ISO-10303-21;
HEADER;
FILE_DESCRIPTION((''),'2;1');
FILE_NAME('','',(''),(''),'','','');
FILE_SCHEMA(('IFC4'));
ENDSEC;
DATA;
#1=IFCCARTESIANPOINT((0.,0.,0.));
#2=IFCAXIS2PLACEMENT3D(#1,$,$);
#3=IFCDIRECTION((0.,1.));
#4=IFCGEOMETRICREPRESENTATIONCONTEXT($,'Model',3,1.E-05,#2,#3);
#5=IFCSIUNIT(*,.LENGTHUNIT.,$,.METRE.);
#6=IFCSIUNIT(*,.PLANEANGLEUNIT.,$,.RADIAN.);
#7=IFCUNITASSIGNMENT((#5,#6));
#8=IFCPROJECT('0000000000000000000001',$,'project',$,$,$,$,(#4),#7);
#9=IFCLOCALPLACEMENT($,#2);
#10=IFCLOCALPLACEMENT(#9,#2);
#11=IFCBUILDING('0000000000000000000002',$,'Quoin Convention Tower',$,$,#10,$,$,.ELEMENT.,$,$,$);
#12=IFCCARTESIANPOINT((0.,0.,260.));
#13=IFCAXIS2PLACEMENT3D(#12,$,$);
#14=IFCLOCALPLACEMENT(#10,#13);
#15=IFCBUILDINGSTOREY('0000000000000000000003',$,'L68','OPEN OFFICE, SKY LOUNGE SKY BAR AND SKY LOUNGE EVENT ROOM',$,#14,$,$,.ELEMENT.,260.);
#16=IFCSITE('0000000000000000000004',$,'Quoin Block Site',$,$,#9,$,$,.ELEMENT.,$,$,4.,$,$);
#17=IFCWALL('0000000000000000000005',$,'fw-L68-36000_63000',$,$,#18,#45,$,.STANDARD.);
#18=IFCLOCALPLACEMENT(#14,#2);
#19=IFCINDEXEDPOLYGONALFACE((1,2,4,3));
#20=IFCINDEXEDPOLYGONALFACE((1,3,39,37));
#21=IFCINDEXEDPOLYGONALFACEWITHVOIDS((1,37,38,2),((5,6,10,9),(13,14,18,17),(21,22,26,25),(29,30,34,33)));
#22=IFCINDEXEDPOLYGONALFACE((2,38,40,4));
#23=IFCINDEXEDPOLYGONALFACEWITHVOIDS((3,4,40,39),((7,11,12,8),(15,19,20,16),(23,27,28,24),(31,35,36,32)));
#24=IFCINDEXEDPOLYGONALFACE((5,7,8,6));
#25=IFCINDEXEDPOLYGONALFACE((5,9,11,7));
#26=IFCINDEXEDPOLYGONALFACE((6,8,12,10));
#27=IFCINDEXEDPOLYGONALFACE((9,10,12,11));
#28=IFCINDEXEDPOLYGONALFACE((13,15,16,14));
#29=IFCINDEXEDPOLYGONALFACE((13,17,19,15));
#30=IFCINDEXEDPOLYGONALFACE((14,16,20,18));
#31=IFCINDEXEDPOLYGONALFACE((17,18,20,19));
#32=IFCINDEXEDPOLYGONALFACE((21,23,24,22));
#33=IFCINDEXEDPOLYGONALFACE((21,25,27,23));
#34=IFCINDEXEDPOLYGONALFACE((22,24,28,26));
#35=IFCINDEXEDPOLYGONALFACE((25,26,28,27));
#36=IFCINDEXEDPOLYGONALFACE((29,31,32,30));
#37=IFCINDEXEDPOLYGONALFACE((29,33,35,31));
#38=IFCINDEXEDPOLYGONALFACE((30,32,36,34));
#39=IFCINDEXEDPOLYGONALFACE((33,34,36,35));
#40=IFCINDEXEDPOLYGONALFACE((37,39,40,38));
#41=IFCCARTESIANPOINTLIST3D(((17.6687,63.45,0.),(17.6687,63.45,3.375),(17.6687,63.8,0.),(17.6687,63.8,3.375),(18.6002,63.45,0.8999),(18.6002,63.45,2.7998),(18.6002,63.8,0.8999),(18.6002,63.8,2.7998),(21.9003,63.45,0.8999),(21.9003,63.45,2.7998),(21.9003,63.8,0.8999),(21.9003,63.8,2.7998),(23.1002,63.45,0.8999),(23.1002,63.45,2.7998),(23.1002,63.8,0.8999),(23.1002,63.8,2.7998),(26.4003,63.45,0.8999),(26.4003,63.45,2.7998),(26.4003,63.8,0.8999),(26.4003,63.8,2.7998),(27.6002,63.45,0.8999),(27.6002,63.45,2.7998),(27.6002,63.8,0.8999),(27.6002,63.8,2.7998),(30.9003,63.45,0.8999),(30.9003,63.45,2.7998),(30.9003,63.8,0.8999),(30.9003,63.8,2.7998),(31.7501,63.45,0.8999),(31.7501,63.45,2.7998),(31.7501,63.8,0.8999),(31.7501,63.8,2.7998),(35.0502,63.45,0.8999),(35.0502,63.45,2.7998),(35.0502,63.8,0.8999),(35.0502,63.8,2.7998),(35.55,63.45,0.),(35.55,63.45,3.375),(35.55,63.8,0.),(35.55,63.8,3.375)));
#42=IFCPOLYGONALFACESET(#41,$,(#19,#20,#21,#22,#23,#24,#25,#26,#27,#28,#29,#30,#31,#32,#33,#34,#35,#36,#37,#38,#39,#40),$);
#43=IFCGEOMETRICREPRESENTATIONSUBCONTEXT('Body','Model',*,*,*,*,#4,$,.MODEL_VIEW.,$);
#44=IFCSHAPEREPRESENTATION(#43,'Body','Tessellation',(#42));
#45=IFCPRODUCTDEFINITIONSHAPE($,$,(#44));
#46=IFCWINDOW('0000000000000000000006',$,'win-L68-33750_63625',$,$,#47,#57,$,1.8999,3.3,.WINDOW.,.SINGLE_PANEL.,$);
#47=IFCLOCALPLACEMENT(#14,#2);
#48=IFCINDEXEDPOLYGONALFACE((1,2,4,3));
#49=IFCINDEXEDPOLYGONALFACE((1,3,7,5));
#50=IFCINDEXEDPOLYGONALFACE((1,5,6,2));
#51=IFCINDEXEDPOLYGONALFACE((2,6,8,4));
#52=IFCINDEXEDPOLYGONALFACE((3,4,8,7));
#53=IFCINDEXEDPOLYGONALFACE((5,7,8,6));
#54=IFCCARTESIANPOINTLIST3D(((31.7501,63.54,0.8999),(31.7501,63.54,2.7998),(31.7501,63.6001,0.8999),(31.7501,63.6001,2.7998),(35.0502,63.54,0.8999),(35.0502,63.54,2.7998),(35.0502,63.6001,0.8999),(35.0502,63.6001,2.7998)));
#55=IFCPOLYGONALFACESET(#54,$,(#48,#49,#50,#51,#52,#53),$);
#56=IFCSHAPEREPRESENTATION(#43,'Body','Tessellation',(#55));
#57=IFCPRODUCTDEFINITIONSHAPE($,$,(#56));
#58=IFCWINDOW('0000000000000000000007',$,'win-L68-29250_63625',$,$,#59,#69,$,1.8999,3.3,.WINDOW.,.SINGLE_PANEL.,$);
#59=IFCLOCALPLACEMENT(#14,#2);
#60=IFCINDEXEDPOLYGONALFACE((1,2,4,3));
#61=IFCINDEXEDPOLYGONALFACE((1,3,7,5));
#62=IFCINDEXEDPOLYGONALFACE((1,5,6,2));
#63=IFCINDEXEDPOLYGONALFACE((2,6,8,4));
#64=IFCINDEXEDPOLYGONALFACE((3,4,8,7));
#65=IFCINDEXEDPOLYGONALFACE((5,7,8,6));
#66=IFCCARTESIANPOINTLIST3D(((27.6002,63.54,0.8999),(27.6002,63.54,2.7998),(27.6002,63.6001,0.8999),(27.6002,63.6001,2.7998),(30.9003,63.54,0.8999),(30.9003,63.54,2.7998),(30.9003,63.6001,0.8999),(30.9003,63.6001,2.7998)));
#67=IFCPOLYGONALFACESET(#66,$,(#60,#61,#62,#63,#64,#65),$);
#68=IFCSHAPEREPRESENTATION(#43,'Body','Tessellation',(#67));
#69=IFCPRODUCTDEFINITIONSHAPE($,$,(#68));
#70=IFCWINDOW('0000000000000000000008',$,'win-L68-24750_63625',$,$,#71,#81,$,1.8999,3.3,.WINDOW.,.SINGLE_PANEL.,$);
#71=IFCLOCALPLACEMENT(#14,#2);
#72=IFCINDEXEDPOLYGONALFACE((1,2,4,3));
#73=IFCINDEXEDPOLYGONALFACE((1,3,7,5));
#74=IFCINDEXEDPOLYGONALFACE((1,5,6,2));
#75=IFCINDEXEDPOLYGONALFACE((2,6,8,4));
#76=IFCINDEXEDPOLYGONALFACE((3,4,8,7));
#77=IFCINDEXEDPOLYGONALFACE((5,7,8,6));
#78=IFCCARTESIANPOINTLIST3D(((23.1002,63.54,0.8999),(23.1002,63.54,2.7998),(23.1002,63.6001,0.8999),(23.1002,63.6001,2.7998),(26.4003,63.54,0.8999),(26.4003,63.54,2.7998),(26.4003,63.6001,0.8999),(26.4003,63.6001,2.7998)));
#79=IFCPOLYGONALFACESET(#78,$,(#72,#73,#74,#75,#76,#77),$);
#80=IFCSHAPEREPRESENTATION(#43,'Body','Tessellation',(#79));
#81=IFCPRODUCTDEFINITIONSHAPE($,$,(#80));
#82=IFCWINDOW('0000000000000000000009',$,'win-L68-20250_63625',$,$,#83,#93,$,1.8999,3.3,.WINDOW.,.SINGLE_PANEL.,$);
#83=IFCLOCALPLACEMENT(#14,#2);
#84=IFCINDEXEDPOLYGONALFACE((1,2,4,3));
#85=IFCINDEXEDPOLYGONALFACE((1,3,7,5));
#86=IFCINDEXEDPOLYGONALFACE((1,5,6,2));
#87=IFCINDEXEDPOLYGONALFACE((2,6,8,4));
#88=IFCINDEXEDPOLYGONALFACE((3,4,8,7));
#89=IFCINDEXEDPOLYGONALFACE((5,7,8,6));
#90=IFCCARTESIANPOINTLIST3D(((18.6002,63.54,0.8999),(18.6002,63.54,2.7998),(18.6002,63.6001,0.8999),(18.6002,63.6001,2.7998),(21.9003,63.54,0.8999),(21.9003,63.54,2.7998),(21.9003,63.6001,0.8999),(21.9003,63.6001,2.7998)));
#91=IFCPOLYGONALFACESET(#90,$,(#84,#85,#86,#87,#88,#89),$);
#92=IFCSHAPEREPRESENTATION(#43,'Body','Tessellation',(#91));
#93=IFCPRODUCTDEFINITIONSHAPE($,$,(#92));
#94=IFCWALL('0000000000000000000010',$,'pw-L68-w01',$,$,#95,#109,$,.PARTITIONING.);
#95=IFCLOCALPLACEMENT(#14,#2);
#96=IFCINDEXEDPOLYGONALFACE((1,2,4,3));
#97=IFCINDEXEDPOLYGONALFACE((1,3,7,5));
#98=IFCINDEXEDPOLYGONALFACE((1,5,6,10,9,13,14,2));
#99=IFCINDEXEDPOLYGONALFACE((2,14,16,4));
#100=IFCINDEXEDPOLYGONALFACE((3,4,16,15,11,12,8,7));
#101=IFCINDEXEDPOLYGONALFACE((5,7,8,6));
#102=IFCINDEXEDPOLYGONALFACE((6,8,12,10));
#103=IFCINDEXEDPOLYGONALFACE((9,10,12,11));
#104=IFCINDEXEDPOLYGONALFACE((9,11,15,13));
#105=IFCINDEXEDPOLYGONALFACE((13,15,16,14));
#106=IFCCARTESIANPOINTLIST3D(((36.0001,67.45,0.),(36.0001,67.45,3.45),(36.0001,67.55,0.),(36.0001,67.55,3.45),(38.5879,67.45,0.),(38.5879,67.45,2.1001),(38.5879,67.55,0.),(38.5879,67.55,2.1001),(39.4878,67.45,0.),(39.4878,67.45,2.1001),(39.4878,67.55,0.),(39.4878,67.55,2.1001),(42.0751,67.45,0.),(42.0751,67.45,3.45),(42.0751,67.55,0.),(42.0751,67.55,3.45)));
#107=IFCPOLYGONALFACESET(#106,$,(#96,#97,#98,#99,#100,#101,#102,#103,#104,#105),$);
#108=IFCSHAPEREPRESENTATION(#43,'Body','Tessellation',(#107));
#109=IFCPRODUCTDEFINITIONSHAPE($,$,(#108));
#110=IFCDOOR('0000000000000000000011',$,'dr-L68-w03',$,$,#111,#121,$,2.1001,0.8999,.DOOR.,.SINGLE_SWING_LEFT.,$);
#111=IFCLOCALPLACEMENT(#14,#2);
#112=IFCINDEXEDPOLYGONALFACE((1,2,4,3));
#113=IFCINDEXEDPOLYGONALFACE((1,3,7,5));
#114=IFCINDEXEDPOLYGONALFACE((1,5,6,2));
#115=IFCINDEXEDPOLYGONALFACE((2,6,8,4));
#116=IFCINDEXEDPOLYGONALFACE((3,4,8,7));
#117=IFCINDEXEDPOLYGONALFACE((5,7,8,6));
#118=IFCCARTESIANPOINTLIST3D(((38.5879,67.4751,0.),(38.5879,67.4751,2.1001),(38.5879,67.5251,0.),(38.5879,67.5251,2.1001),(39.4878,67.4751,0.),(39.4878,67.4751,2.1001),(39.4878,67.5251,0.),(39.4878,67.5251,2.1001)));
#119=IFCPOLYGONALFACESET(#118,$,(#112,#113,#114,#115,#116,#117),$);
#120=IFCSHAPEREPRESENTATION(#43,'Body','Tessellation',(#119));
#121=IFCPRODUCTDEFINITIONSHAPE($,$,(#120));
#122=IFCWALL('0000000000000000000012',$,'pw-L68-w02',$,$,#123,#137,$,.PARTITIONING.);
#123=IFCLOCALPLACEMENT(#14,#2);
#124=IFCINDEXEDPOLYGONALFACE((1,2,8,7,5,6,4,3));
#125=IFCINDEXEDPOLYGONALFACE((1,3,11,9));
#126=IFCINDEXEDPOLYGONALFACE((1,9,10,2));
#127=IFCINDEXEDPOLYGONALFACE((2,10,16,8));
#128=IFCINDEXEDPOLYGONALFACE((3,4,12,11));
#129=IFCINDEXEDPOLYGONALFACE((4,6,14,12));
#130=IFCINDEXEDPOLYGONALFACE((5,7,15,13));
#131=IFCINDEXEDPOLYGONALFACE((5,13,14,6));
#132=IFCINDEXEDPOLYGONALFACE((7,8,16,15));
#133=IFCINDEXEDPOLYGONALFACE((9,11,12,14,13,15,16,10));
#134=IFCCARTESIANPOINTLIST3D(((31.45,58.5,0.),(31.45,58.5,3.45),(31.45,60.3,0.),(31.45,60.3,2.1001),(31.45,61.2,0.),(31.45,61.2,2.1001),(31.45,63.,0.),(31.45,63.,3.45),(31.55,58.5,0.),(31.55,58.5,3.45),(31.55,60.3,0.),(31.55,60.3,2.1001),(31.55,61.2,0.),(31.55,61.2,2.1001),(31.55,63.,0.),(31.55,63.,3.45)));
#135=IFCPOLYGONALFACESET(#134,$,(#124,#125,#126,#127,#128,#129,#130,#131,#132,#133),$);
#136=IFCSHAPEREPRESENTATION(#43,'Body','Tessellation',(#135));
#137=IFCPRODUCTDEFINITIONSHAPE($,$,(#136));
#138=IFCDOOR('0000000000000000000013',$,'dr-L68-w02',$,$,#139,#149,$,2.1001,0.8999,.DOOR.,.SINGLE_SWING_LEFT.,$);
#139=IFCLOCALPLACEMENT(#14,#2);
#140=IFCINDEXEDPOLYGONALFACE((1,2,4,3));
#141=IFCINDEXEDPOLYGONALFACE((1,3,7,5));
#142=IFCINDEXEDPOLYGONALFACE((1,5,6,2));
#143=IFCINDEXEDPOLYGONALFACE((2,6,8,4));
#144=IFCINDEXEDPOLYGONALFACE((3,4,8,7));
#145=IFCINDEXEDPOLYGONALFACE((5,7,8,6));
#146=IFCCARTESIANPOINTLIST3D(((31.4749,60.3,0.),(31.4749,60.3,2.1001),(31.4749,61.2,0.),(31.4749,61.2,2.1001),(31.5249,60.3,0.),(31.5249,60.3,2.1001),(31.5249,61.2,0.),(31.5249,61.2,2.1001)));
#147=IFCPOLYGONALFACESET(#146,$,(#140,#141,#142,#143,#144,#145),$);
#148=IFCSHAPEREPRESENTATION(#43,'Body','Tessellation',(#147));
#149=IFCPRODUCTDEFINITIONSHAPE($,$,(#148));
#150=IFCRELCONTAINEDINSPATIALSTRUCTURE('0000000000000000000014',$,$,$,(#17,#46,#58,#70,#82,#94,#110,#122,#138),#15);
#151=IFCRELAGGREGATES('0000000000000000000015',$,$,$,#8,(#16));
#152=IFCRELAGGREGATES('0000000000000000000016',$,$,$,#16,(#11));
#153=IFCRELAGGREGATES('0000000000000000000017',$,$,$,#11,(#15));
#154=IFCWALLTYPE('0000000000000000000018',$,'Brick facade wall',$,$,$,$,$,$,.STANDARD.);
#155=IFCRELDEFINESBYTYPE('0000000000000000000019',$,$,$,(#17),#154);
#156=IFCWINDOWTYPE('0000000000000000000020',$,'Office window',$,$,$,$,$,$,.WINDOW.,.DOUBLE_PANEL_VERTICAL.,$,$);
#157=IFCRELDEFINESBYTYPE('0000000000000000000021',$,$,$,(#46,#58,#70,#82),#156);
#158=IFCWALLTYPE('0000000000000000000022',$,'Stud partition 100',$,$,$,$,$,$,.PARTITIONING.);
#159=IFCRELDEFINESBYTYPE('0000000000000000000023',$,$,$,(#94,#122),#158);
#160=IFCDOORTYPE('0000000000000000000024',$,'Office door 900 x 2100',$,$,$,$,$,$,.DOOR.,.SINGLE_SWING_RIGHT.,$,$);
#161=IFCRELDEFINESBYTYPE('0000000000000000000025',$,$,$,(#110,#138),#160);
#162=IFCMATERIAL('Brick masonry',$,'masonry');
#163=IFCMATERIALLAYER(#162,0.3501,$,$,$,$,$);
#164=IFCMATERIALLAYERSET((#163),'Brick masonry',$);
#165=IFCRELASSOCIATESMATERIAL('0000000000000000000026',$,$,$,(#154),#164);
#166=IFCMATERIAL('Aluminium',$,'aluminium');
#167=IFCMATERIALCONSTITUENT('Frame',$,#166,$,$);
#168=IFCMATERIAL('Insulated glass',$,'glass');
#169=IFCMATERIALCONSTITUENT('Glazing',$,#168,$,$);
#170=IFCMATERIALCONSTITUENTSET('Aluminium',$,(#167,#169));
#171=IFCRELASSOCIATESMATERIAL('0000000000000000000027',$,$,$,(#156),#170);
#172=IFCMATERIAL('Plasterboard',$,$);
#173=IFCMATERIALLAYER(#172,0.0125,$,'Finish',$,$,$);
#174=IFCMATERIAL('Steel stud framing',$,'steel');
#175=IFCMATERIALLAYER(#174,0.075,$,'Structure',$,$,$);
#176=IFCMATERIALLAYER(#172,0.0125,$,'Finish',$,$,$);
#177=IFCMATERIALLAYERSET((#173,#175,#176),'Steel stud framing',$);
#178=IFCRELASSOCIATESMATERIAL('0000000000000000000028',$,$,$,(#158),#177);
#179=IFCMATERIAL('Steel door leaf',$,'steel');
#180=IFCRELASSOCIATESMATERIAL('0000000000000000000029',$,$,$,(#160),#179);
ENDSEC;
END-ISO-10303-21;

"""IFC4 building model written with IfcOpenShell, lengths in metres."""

from ifc_helpers import new_model, si_unit, direction, frame, frame_2d, origin, place, context, subcontext, project, spatial, rectangle, extrude, material, layer, layer_set, constituent, constituent_set, type_object, element, fill, save


model = new_model("IFC4")

# Units and contexts
model_context = context("Model", 3, precision=1e-05, world=origin(), true_north=direction((0.0, 1.0)))
body_context = subcontext(model_context, "Body", "Model", "MODEL_VIEW")
ifc_project = project(units=[si_unit("LENGTHUNIT", "METRE"), si_unit("PLANEANGLEUNIT", "RADIAN")], contexts=[model_context])

# Site, building, storey
site_placement = place(None, origin())
site = spatial("IfcSite", under=ifc_project, at=site_placement, Name="Quoin Block Site", CompositionType="ELEMENT", RefElevation=4.0)
building_placement = place(site_placement, origin())
building = spatial("IfcBuilding", under=site, at=building_placement, Name="Quoin Convention Tower", CompositionType="ELEMENT")
storey_placement = place(building_placement, frame((0.0, 0.0, 260.0)))
storey = spatial("IfcBuildingStorey", under=building, at=storey_placement, Name="L68", Description="OPEN OFFICE, SKY LOUNGE SKY BAR AND SKY LOUNGE EVENT ROOM", CompositionType="ELEMENT", Elevation=260.0)

# Wall, openings, windows
ifc_material_1 = material(Name="Brick masonry", Category="masonry")
ifc_layer_1 = layer(ifc_material_1, 0.3501)
ifc_layer_set_1 = layer_set([ifc_layer_1], Name="Brick masonry")
wall_type_1 = type_object("IfcWallType", Name="Brick facade wall", PredefinedType="STANDARD", material=ifc_layer_set_1)
ifc_material_2 = material(Name="Aluminium", Category="aluminium")
ifc_constituent_1 = constituent(ifc_material_2, Name="Frame")
ifc_material_3 = material(Name="Insulated glass", Category="glass")
ifc_constituent_2 = constituent(ifc_material_3, Name="Glazing")
ifc_constituent_set = constituent_set(constituents=[ifc_constituent_1, ifc_constituent_2], Name="Aluminium")
window_type = type_object("IfcWindowType", Name="Office window", PartitioningType="DOUBLE_PANEL_VERTICAL", PredefinedType="WINDOW", material=ifc_constituent_set)
wall_1_placement = place(storey_placement, frame((35.55, 63.625, 0.0), z_axis=(0.0, 0.0, 1.0), x_axis=(-1.0, 0.0, 0.0)))
wall_1 = element("IfcWall", 1, at=wall_1_placement, inside=storey, type_object=wall_type_1, Name="fw-L68-36000_63000", PredefinedType="STANDARD", context=body_context, shape_type="SweptSolid", body=[
    extrude(rectangle(XDim=17.8813, YDim=0.3501, at=frame_2d((8.9407, 0.0))), origin(), (0.0, 0.0, 1.0), 3.375),
])
opening_1_placement = place(wall_1_placement, frame((0.5, 0.0, 0.8999)))
opening_1 = element("IfcOpeningElement", 2, at=opening_1_placement, cuts=wall_1, PredefinedType="OPENING", context=body_context, shape_type="SweptSolid", body=[
    extrude(rectangle(XDim=3.3, YDim=1.8999, at=frame_2d((1.6499, 0.95))), frame((0.0, 0.1851, 0.0), z_axis=(0.0, -1.0, 0.0), x_axis=(1.0, 0.0, 0.0)), (0.0, 0.0, 1.0), 0.3701),
])
opening_2_placement = place(wall_1_placement, frame((4.6499, 0.0, 0.8999)))
opening_2 = element("IfcOpeningElement", 3, at=opening_2_placement, cuts=wall_1, PredefinedType="OPENING", context=body_context, shape_type="SweptSolid", body=[
    extrude(rectangle(XDim=3.3, YDim=1.8999, at=frame_2d((1.6499, 0.95))), frame((0.0, 0.1851, 0.0), z_axis=(0.0, -1.0, 0.0), x_axis=(1.0, 0.0, 0.0)), (0.0, 0.0, 1.0), 0.3701),
])
opening_3_placement = place(wall_1_placement, frame((9.1499, 0.0, 0.8999)))
opening_3 = element("IfcOpeningElement", 4, at=opening_3_placement, cuts=wall_1, PredefinedType="OPENING", context=body_context, shape_type="SweptSolid", body=[
    extrude(rectangle(XDim=3.3, YDim=1.8999, at=frame_2d((1.6499, 0.95))), frame((0.0, 0.1851, 0.0), z_axis=(0.0, -1.0, 0.0), x_axis=(1.0, 0.0, 0.0)), (0.0, 0.0, 1.0), 0.3701),
])
opening_4_placement = place(wall_1_placement, frame((13.6499, 0.0, 0.8999)))
opening_4 = element("IfcOpeningElement", 5, at=opening_4_placement, cuts=wall_1, PredefinedType="OPENING", context=body_context, shape_type="SweptSolid", body=[
    extrude(rectangle(XDim=3.3, YDim=1.8999, at=frame_2d((1.6499, 0.95))), frame((0.0, 0.1851, 0.0), z_axis=(0.0, -1.0, 0.0), x_axis=(1.0, 0.0, 0.0)), (0.0, 0.0, 1.0), 0.3701),
])
window_1_placement = place(opening_1_placement, origin())
window_1 = element("IfcWindow", 6, at=window_1_placement, inside=storey, type_object=window_type, Name="win-L68-33750_63625", OverallHeight=1.8999, OverallWidth=3.3, PartitioningType="SINGLE_PANEL", PredefinedType="WINDOW", context=body_context, shape_type="SweptSolid", body=[
    extrude(rectangle(XDim=3.3, YDim=1.8999, at=frame_2d((1.6499, 0.95))), frame((0.0, 0.085, 0.0), z_axis=(0.0, -1.0, 0.0), x_axis=(1.0, 0.0, 0.0)), (0.0, 0.0, 1.0), 0.0601),
])
fill(opening_1, window_1)
window_2_placement = place(opening_2_placement, origin())
window_2 = element("IfcWindow", 7, at=window_2_placement, inside=storey, type_object=window_type, Name="win-L68-29250_63625", OverallHeight=1.8999, OverallWidth=3.3, PartitioningType="SINGLE_PANEL", PredefinedType="WINDOW", context=body_context, shape_type="SweptSolid", body=[
    extrude(rectangle(XDim=3.3, YDim=1.8999, at=frame_2d((1.6499, 0.95))), frame((0.0, 0.085, 0.0), z_axis=(0.0, -1.0, 0.0), x_axis=(1.0, 0.0, 0.0)), (0.0, 0.0, 1.0), 0.0601),
])
fill(opening_2, window_2)
window_3_placement = place(opening_3_placement, origin())
window_3 = element("IfcWindow", 8, at=window_3_placement, inside=storey, type_object=window_type, Name="win-L68-24750_63625", OverallHeight=1.8999, OverallWidth=3.3, PartitioningType="SINGLE_PANEL", PredefinedType="WINDOW", context=body_context, shape_type="SweptSolid", body=[
    extrude(rectangle(XDim=3.3, YDim=1.8999, at=frame_2d((1.6499, 0.95))), frame((0.0, 0.085, 0.0), z_axis=(0.0, -1.0, 0.0), x_axis=(1.0, 0.0, 0.0)), (0.0, 0.0, 1.0), 0.0601),
])
fill(opening_3, window_3)
window_4_placement = place(opening_4_placement, origin())
window_4 = element("IfcWindow", 9, at=window_4_placement, inside=storey, type_object=window_type, Name="win-L68-20250_63625", OverallHeight=1.8999, OverallWidth=3.3, PartitioningType="SINGLE_PANEL", PredefinedType="WINDOW", context=body_context, shape_type="SweptSolid", body=[
    extrude(rectangle(XDim=3.3, YDim=1.8999, at=frame_2d((1.6499, 0.95))), frame((0.0, 0.085, 0.0), z_axis=(0.0, -1.0, 0.0), x_axis=(1.0, 0.0, 0.0)), (0.0, 0.0, 1.0), 0.0601),
])
fill(opening_4, window_4)

# Walls, openings, doors
ifc_material_4 = material(Name="Plasterboard")
ifc_layer_2 = layer(ifc_material_4, 0.0125, Name="Finish")
ifc_material_5 = material(Name="Steel stud framing", Category="steel")
ifc_layer_3 = layer(ifc_material_5, 0.075, Name="Structure")
ifc_layer_4 = layer(ifc_material_4, 0.0125, Name="Finish")
ifc_layer_set_2 = layer_set([ifc_layer_2, ifc_layer_3, ifc_layer_4], Name="Steel stud framing")
wall_type_2 = type_object("IfcWallType", Name="Stud partition 100", PredefinedType="PARTITIONING", material=ifc_layer_set_2)
wall_2_placement = place(storey_placement, frame((36.0, 67.5, 0.0), z_axis=(0.0, 0.0, 1.0), x_axis=(1.0, 0.0, 0.0)))
wall_2 = element("IfcWall", 10, at=wall_2_placement, inside=storey, type_object=wall_type_2, Name="pw-L68-w01", PredefinedType="PARTITIONING", context=body_context, shape_type="SweptSolid", body=[
    extrude(rectangle(XDim=6.075, YDim=0.1001, at=frame_2d((3.0376, 0.0))), origin(), (0.0, 0.0, 1.0), 3.45),
])
opening_5_placement = place(wall_2_placement, frame((2.5879, 0.0, 0.0)))
opening_5 = element("IfcOpeningElement", 11, at=opening_5_placement, cuts=wall_2, PredefinedType="OPENING", context=body_context, shape_type="SweptSolid", body=[
    extrude(rectangle(XDim=0.8999, YDim=2.1001, at=frame_2d((0.45, 1.05))), frame((0.0, 0.0601, 0.0), z_axis=(0.0, -1.0, 0.0), x_axis=(1.0, 0.0, 0.0)), (0.0, 0.0, 1.0), 0.1201),
])
ifc_material_6 = material(Name="Steel door leaf", Category="steel")
door_type = type_object("IfcDoorType", Name="Office door 900 x 2100", OperationType="SINGLE_SWING_RIGHT", PredefinedType="DOOR", material=ifc_material_6)
door_1_placement = place(opening_5_placement, frame((0.8999, 0.0, 0.0), z_axis=(0.0, 0.0, 1.0), x_axis=(-1.0, 0.0, 0.0)))
door_1 = element("IfcDoor", 12, at=door_1_placement, inside=storey, type_object=door_type, Name="dr-L68-w03", OperationType="SINGLE_SWING_LEFT", OverallHeight=2.1001, OverallWidth=0.8999, PredefinedType="DOOR", context=body_context, shape_type="SweptSolid", body=[
    extrude(rectangle(XDim=0.8999, YDim=2.1001, at=frame_2d((0.45, 1.05))), frame((0.0, 0.0249, 0.0), z_axis=(0.0, -1.0, 0.0), x_axis=(1.0, 0.0, 0.0)), (0.0, 0.0, 1.0), 0.05),
])
fill(opening_5, door_1)
wall_3_placement = place(storey_placement, frame((31.5, 63.0, 0.0), z_axis=(0.0, 0.0, 1.0), x_axis=(0.0, -1.0, 0.0)))
wall_3 = element("IfcWall", 13, at=wall_3_placement, inside=storey, type_object=wall_type_2, Name="pw-L68-w02", PredefinedType="PARTITIONING", context=body_context, shape_type="SweptSolid", body=[
    extrude(rectangle(XDim=4.5, YDim=0.1001, at=frame_2d((2.25, 0.0))), origin(), (0.0, 0.0, 1.0), 3.45),
])
opening_6_placement = place(wall_3_placement, frame((1.8, 0.0, 0.0)))
opening_6 = element("IfcOpeningElement", 14, at=opening_6_placement, cuts=wall_3, PredefinedType="OPENING", context=body_context, shape_type="SweptSolid", body=[
    extrude(rectangle(XDim=0.8999, YDim=2.1001, at=frame_2d((0.45, 1.05))), frame((0.0, 0.0601, 0.0), z_axis=(0.0, -1.0, 0.0), x_axis=(1.0, 0.0, 0.0)), (0.0, 0.0, 1.0), 0.1201),
])
door_2_placement = place(opening_6_placement, origin())
door_2 = element("IfcDoor", 15, at=door_2_placement, inside=storey, type_object=door_type, Name="dr-L68-w02", OperationType="SINGLE_SWING_LEFT", OverallHeight=2.1001, OverallWidth=0.8999, PredefinedType="DOOR", context=body_context, shape_type="SweptSolid", body=[
    extrude(rectangle(XDim=0.8999, YDim=2.1001, at=frame_2d((0.45, 1.05))), frame((0.0, 0.0249, 0.0), z_axis=(0.0, -1.0, 0.0), x_axis=(1.0, 0.0, 0.0)), (0.0, 0.0, 1.0), 0.05),
])
fill(opening_6, door_2)

save(model, "model.ifc")
